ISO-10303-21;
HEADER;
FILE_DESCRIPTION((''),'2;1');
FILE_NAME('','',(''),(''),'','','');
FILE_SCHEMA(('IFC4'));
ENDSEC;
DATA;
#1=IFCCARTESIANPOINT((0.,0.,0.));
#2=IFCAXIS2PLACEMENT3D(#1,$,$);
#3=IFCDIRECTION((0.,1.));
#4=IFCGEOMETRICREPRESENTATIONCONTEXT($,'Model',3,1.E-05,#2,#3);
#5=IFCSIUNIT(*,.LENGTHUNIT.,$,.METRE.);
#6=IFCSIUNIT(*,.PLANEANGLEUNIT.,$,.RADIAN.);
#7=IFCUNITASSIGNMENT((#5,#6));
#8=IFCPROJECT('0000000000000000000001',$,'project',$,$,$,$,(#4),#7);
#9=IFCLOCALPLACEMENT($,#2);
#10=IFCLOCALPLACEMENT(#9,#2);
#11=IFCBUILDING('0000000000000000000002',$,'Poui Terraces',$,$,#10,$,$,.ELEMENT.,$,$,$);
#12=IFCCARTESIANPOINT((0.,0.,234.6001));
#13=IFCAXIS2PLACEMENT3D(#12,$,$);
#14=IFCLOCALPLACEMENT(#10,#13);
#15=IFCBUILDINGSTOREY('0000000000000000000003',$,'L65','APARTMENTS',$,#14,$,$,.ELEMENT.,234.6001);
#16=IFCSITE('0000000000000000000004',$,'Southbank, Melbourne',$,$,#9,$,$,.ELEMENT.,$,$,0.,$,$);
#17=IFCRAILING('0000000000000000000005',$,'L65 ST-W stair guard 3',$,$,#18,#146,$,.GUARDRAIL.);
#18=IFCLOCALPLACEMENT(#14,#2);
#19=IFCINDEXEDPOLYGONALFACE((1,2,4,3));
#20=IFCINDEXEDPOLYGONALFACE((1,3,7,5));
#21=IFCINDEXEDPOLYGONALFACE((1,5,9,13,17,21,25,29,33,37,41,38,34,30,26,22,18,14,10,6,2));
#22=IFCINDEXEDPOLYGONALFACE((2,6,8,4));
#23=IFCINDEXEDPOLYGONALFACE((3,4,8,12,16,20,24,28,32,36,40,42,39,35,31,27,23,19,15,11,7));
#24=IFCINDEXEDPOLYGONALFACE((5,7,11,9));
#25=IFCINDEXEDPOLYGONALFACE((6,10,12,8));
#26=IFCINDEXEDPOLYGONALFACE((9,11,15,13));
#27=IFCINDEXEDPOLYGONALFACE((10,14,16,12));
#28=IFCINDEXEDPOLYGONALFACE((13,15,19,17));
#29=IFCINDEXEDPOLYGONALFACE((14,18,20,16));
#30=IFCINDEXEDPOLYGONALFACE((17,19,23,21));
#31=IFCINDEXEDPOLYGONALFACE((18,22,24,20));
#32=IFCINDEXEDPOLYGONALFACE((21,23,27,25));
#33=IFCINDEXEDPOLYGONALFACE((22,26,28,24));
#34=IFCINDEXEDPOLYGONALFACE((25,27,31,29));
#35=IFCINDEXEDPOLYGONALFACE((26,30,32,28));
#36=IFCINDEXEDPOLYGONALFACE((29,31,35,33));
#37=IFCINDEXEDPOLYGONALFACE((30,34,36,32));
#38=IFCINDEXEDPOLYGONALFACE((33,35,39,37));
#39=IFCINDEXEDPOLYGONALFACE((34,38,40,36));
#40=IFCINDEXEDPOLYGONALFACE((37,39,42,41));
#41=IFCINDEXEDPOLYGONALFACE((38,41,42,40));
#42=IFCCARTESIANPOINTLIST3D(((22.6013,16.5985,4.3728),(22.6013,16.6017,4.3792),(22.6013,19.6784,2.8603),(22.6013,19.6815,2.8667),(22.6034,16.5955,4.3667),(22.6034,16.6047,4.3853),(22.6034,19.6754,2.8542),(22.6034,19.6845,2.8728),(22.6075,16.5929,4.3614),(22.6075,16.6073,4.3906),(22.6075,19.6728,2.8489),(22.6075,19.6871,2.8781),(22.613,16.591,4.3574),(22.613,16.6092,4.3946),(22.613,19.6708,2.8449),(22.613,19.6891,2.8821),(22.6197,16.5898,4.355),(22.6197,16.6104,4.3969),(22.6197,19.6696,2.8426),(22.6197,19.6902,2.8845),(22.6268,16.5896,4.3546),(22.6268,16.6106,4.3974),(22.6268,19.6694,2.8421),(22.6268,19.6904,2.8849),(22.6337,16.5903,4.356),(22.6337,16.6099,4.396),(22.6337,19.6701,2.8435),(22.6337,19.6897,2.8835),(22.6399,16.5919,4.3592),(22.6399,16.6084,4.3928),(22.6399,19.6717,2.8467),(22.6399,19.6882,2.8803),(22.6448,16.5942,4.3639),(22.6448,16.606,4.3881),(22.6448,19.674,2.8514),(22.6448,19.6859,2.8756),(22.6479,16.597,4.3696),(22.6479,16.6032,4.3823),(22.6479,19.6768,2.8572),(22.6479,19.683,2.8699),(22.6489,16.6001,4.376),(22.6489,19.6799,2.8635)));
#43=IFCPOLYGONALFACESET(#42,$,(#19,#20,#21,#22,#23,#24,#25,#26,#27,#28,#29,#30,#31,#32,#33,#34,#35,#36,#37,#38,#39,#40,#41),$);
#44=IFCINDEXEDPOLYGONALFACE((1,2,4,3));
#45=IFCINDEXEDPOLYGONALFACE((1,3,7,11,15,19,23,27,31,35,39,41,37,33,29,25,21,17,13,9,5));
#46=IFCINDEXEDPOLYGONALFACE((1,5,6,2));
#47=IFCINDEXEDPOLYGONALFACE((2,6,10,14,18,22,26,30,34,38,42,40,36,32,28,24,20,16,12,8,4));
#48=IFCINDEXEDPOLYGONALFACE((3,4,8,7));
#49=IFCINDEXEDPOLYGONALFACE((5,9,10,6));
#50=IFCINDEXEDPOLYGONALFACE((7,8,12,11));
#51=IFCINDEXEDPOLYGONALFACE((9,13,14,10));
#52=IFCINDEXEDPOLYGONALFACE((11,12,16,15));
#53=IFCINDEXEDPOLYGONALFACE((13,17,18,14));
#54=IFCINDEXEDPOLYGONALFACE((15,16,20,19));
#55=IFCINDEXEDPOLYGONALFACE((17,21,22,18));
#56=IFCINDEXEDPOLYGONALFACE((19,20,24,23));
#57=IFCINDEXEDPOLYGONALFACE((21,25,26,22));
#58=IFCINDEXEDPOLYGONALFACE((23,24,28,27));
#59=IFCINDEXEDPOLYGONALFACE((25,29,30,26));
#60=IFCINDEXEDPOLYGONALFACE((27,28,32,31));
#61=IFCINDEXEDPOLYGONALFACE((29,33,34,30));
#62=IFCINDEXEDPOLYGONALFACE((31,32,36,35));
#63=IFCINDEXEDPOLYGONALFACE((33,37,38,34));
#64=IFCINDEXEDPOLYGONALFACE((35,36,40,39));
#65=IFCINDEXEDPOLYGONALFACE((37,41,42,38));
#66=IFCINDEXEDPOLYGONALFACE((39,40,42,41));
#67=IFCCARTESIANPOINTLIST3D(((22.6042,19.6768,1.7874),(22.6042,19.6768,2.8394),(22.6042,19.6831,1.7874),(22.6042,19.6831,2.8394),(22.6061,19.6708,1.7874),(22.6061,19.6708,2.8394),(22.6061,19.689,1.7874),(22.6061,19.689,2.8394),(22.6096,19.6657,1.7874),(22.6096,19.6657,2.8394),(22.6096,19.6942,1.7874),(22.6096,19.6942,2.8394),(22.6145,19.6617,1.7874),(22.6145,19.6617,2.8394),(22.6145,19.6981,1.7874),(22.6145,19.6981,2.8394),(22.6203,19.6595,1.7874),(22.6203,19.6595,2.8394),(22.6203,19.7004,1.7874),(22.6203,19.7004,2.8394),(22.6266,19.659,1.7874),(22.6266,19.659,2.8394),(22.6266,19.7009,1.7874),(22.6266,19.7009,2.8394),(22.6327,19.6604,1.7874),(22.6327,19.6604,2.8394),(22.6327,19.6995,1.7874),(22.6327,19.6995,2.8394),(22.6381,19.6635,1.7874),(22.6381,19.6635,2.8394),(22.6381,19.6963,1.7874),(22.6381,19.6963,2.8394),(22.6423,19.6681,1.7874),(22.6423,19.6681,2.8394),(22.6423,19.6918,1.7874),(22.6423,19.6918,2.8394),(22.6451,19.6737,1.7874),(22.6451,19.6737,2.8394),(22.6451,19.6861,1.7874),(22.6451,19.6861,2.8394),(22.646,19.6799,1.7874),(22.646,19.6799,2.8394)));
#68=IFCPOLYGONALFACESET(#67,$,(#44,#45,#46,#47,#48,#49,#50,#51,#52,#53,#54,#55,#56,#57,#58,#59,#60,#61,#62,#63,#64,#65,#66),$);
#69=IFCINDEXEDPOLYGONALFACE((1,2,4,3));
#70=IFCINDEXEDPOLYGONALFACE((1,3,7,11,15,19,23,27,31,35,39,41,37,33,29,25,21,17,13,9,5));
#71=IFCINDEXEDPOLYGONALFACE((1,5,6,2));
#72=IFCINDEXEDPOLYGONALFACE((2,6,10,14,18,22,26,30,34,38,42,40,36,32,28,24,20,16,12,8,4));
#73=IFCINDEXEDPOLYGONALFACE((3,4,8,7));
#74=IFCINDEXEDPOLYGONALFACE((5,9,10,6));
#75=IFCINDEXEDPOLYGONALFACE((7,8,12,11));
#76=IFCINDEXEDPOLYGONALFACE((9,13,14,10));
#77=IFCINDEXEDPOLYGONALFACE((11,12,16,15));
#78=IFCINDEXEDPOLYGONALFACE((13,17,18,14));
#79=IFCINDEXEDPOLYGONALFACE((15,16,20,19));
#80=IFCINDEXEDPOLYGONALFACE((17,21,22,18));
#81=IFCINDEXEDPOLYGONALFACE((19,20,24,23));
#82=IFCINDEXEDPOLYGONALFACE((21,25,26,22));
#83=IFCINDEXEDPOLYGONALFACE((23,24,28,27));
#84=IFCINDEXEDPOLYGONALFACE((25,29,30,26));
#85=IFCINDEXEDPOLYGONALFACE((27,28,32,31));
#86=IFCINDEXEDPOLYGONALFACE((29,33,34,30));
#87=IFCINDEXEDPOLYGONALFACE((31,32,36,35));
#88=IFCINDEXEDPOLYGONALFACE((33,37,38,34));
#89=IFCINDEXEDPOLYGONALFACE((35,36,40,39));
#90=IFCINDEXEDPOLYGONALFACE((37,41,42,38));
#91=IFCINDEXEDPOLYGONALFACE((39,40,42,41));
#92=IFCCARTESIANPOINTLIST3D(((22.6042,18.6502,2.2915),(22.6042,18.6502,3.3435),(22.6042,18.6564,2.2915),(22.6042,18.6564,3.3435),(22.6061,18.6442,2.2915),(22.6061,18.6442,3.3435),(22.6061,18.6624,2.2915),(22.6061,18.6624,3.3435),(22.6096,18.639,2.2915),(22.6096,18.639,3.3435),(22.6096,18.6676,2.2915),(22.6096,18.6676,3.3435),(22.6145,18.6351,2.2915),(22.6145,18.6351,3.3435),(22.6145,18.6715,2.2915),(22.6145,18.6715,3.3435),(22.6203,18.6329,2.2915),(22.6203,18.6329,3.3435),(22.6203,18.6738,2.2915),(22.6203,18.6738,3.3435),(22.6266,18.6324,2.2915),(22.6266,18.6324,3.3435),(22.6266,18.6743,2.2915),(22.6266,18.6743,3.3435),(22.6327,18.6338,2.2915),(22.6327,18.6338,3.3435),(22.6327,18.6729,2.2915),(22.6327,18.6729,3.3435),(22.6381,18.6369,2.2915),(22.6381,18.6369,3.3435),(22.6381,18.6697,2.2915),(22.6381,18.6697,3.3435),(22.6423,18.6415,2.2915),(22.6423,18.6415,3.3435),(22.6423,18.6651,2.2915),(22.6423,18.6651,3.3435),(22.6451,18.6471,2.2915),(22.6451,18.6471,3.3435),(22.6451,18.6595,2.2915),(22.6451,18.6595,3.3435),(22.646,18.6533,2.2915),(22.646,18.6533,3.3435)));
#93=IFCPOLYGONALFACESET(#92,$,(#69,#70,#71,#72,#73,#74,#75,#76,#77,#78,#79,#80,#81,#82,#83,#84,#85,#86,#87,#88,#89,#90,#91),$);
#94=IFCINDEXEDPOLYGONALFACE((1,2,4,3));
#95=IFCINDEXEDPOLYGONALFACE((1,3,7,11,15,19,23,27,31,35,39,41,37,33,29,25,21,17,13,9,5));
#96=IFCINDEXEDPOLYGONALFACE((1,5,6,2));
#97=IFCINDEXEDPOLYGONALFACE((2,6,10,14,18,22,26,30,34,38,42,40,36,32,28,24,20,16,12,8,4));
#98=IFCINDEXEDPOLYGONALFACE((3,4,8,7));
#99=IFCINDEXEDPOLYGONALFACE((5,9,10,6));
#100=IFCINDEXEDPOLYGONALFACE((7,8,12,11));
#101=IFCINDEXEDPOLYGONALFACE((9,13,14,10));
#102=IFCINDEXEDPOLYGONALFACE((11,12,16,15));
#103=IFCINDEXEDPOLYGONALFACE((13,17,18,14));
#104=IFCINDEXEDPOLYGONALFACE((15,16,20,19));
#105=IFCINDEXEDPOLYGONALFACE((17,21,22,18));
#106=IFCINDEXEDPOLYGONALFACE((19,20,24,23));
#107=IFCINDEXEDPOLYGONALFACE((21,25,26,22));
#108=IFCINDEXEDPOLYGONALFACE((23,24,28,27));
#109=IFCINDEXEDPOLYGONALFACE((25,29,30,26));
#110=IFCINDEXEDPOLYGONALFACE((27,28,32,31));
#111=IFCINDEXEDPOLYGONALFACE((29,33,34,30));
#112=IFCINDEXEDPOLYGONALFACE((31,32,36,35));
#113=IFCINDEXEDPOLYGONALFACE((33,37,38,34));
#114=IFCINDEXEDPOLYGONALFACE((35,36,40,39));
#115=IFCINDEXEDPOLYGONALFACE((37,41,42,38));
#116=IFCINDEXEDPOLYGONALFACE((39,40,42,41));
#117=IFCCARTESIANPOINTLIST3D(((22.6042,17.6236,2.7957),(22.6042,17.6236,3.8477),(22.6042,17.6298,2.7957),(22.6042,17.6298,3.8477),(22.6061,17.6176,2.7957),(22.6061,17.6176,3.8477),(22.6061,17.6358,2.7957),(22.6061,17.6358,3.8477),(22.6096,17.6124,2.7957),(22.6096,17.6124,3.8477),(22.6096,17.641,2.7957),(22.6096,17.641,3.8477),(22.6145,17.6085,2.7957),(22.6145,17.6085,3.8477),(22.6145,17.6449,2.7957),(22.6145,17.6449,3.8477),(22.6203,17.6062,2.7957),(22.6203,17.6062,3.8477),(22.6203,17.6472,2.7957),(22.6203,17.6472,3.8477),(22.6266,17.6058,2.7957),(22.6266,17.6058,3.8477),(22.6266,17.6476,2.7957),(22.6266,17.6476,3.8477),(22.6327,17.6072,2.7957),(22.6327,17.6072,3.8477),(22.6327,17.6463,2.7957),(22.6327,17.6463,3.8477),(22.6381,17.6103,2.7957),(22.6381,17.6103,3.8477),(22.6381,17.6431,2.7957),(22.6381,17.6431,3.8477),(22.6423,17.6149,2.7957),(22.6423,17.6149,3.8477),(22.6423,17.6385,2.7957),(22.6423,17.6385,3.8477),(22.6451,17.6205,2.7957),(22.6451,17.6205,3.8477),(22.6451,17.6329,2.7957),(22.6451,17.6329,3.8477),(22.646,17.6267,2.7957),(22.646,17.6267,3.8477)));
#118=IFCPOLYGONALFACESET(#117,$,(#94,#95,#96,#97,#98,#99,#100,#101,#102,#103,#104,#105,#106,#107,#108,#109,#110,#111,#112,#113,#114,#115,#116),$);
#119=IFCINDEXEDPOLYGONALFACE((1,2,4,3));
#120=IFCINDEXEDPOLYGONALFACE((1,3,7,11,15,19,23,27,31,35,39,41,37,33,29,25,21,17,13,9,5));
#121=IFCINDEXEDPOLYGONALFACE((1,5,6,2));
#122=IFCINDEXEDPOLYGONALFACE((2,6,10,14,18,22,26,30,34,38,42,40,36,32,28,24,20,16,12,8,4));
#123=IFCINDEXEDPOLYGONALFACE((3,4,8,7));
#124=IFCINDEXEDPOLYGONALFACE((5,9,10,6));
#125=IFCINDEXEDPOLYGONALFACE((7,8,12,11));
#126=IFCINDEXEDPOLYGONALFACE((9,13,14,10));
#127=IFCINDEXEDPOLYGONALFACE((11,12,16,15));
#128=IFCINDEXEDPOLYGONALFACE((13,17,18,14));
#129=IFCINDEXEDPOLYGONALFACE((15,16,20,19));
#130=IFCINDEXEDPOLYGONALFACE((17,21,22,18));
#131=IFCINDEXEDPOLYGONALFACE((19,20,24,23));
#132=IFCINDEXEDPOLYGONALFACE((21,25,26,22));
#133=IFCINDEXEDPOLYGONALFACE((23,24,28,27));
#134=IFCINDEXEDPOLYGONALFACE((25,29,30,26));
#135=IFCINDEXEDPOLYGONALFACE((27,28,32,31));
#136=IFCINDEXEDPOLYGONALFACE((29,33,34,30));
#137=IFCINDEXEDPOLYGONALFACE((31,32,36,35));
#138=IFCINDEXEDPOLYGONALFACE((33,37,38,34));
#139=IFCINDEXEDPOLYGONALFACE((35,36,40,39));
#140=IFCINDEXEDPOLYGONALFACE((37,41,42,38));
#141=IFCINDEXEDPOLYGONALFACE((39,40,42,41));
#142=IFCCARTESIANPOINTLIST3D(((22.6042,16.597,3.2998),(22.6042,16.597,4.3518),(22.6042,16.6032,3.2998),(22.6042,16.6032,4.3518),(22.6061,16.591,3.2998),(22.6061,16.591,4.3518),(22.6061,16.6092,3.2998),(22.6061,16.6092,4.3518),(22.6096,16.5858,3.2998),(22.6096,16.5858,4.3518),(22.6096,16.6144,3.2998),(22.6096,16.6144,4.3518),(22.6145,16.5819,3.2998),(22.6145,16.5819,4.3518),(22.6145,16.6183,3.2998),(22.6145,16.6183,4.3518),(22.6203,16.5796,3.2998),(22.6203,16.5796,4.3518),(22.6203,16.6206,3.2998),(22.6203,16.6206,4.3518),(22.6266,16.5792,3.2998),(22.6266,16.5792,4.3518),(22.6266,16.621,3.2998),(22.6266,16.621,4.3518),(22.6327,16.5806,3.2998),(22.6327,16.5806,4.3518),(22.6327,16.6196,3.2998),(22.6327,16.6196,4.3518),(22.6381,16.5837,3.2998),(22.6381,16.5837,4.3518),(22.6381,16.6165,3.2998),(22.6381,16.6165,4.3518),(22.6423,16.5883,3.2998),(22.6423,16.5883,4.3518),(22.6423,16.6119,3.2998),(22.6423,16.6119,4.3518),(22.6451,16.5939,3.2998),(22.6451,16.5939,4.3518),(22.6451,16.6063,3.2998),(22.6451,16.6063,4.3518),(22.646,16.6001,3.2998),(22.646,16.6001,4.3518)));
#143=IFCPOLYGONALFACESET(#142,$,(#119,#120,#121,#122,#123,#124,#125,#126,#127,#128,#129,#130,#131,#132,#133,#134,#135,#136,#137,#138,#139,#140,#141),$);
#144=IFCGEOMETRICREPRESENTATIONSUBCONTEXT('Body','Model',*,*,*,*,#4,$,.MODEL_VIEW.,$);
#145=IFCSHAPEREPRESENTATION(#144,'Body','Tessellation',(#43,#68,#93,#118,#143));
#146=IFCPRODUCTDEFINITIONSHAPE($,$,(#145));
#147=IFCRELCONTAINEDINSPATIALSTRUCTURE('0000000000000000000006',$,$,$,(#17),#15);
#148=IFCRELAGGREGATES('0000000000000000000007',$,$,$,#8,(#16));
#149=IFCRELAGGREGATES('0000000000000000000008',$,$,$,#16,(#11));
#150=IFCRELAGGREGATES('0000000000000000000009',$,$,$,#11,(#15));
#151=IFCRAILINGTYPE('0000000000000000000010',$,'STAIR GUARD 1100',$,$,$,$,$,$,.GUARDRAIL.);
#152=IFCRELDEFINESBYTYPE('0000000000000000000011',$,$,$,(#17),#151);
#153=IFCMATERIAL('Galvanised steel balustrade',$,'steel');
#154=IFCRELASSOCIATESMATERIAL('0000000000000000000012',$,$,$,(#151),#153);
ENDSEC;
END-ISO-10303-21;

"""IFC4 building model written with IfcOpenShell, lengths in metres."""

from ifc_helpers import new_model, si_unit, direction, frame, origin, origin_2d, place, context, subcontext, project, spatial, circle, extrude, material, type_object, element, save


model = new_model("IFC4")

# Units and contexts
model_context = context("Model", 3, precision=1e-05, world=origin(), true_north=direction((0.0, 1.0)))
body_context = subcontext(model_context, "Body", "Model", "MODEL_VIEW")
ifc_project = project(units=[si_unit("LENGTHUNIT", "METRE"), si_unit("PLANEANGLEUNIT", "RADIAN")], contexts=[model_context])

# Site, building, storey
site_placement = place(None, origin())
site = spatial("IfcSite", under=ifc_project, at=site_placement, Name="Southbank, Melbourne", CompositionType="ELEMENT", RefElevation=0.0)
building_placement = place(site_placement, origin())
building = spatial("IfcBuilding", under=site, at=building_placement, Name="Poui Terraces", CompositionType="ELEMENT")
storey_placement = place(building_placement, frame((0.0, 0.0, 234.6001)))
storey = spatial("IfcBuildingStorey", under=building, at=storey_placement, Name="L65", Description="APARTMENTS", CompositionType="ELEMENT", Elevation=234.6001)

# Railing
ifc_material_1 = material(Name="Galvanised steel balustrade", Category="steel")
railing_type_1 = type_object("IfcRailingType", Name="STAIR GUARD 1100", PredefinedType="GUARDRAIL", material=ifc_material_1)
railing_1_placement = place(storey_placement, frame((22.625, 19.6799, 1.7874)))
element("IfcRailing", 1, at=railing_1_placement, inside=storey, type_object=railing_type_1, Name="L65 ST-W stair guard 3", PredefinedType="GUARDRAIL", context=body_context, shape_type="SweptSolid", body=[
    extrude(circle(Radius=0.0239, at=origin_2d()), frame((0.0, 0.0, 1.0762), z_axis=(0.0, -0.897606, 0.440798), x_axis=(1.0, 0.0, 0.0)), (0.0, 0.0, 1.0), 3.4312),
    extrude(circle(Radius=0.021, at=origin_2d()), origin(), (0.0, 0.0, 1.0), 1.052),
    extrude(circle(Radius=0.021, at=origin_2d()), frame((0.0, -1.0266, 0.5042)), (0.0, 0.0, 1.0), 1.052),
    extrude(circle(Radius=0.021, at=origin_2d()), frame((0.0, -2.0532, 1.0083)), (0.0, 0.0, 1.0), 1.052),
    extrude(circle(Radius=0.021, at=origin_2d()), frame((0.0, -3.0798, 1.5125)), (0.0, 0.0, 1.0), 1.052),
])

save(model, "model.ifc")
